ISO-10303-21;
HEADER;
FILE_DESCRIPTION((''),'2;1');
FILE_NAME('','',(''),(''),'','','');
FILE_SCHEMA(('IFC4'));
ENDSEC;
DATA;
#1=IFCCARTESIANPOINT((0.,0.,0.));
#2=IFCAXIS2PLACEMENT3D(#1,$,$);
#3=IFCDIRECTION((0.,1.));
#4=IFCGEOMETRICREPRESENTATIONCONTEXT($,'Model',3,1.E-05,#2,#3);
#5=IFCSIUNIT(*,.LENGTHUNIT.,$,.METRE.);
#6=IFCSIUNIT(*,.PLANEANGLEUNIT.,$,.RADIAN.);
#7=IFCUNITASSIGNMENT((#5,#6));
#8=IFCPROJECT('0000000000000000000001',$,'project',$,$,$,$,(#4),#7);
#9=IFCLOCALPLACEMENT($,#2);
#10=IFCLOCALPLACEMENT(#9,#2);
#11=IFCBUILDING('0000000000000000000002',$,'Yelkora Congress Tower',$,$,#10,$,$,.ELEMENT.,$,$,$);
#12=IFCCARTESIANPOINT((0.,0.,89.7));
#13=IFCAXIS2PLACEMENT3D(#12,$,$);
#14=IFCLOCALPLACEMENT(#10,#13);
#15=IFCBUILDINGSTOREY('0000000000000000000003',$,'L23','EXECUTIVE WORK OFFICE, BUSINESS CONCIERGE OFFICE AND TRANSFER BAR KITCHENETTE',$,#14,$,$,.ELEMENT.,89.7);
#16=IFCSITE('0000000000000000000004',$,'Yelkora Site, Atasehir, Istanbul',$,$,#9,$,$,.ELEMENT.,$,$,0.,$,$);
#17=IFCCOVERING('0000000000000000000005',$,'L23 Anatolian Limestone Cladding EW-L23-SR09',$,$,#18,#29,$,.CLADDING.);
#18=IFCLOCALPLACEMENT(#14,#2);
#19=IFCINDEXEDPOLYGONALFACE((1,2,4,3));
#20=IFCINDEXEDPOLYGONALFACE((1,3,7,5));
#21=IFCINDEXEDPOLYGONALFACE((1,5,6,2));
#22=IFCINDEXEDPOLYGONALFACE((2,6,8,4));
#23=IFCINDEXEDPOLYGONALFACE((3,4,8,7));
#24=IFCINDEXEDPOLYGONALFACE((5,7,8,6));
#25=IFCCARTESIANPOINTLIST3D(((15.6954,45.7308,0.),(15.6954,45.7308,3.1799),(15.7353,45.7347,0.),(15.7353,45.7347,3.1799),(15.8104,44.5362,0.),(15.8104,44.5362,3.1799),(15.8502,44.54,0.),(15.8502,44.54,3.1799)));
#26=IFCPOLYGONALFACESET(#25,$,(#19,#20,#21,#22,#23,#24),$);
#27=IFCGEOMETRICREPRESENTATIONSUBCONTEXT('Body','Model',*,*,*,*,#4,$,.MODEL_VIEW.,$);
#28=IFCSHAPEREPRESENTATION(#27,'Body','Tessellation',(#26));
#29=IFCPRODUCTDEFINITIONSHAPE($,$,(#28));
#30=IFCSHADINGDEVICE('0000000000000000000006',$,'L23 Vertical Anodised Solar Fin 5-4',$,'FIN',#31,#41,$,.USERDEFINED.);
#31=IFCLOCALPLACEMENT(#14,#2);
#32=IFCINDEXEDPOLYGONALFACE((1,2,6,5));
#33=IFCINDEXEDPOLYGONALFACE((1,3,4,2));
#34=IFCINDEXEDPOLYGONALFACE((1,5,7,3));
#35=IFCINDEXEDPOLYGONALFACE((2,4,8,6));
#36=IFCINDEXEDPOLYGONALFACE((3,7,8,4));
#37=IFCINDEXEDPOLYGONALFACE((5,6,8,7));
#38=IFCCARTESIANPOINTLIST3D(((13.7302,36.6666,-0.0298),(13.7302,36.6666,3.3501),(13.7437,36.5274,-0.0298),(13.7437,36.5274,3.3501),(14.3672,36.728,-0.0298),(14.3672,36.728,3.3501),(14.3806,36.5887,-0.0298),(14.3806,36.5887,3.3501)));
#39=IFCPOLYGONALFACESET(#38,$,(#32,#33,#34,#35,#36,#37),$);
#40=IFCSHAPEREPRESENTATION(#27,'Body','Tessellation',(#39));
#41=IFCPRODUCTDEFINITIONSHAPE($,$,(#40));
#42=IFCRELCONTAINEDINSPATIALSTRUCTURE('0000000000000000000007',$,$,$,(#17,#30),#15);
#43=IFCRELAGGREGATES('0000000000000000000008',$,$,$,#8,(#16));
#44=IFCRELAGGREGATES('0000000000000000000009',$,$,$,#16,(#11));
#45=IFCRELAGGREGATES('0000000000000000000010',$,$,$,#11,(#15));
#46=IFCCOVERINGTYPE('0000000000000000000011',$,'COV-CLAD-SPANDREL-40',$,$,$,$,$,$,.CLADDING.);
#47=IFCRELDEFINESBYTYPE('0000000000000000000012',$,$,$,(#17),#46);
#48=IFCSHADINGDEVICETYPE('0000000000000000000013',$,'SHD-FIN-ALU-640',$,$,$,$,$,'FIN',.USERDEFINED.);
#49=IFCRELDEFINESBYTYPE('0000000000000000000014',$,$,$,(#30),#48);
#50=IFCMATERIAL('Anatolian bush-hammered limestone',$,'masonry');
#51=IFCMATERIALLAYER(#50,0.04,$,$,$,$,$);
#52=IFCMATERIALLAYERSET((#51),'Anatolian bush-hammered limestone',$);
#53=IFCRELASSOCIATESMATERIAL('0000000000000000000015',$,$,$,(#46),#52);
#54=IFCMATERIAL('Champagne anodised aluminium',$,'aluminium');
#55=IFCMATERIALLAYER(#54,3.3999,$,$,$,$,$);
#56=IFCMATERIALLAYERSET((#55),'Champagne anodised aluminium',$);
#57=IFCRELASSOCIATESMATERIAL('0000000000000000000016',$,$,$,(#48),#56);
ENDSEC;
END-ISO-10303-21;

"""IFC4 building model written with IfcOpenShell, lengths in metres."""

from ifc_helpers import new_model, si_unit, direction, frame, frame_2d, origin, origin_2d, place, context, subcontext, project, spatial, rectangle, extrude, material, layer, layer_set, type_object, element, save


model = new_model("IFC4")

# Units and contexts
model_context = context("Model", 3, precision=1e-05, world=origin(), true_north=direction((0.0, 1.0)))
body_context = subcontext(model_context, "Body", "Model", "MODEL_VIEW")
ifc_project = project(units=[si_unit("LENGTHUNIT", "METRE"), si_unit("PLANEANGLEUNIT", "RADIAN")], contexts=[model_context])

# Site, building, storey
site_placement = place(None, origin())
site = spatial("IfcSite", under=ifc_project, at=site_placement, Name="Yelkora Site, Atasehir, Istanbul", CompositionType="ELEMENT", RefElevation=0.0)
building_placement = place(site_placement, origin())
building = spatial("IfcBuilding", under=site, at=building_placement, Name="Yelkora Congress Tower", CompositionType="ELEMENT")
storey_placement = place(building_placement, frame((0.0, 0.0, 89.7)))
storey = spatial("IfcBuildingStorey", under=building, at=storey_placement, Name="L23", Description="EXECUTIVE WORK OFFICE, BUSINESS CONCIERGE OFFICE AND TRANSFER BAR KITCHENETTE", CompositionType="ELEMENT", Elevation=89.7)

# Covering
ifc_material_1 = material(Name="Anatolian bush-hammered limestone", Category="masonry")
ifc_layer_1 = layer(ifc_material_1, 0.04)
ifc_layer_set_1 = layer_set([ifc_layer_1], Name="Anatolian bush-hammered limestone")
covering_type = type_object("IfcCoveringType", Name="COV-CLAD-SPANDREL-40", PredefinedType="CLADDING", material=ifc_layer_set_1)
for number, where, z_axis, x_axis, name in (
    (1, (15.8303, 44.5381, 0.0), (0.0, 0.0, 1.0), (-0.095817, 0.995399, 0.0), "L23 Anatolian Limestone Cladding EW-L23-SR09"),
):
    element("IfcCovering", number, at=place(storey_placement, frame(where, z_axis=z_axis, x_axis=x_axis)), inside=storey, type_object=covering_type, Name=name, PredefinedType="CLADDING", context=body_context, shape_type="SweptSolid", body=[
        extrude(rectangle(XDim=1.2002, YDim=0.04, at=frame_2d((0.6001, 0.0))), origin(), (0.0, 0.0, 1.0), 3.1799),
    ])

# Shading device
ifc_material_2 = material(Name="Champagne anodised aluminium", Category="aluminium")
ifc_layer_2 = layer(ifc_material_2, 3.3999)
ifc_layer_set_2 = layer_set([ifc_layer_2], Name="Champagne anodised aluminium")
shading_device_type = type_object("IfcShadingDeviceType", Name="SHD-FIN-ALU-640", ElementType="FIN", PredefinedType="USERDEFINED", material=ifc_layer_set_2)
shading_device_placement = place(storey_placement, frame((14.0554, 36.6277, -0.0298), z_axis=(0.0, 0.0, 1.0), x_axis=(-0.095846, 0.995396, 0.0)))
element("IfcShadingDevice", 2, at=shading_device_placement, inside=storey, type_object=shading_device_type, Name="L23 Vertical Anodised Solar Fin 5-4", ObjectType="FIN", PredefinedType="USERDEFINED", context=body_context, shape_type="SweptSolid", body=[
    extrude(rectangle(XDim=0.1399, YDim=0.6399, at=origin_2d()), origin(), (0.0, 0.0, 1.0), 3.3799),
])

save(model, "model.ifc")
